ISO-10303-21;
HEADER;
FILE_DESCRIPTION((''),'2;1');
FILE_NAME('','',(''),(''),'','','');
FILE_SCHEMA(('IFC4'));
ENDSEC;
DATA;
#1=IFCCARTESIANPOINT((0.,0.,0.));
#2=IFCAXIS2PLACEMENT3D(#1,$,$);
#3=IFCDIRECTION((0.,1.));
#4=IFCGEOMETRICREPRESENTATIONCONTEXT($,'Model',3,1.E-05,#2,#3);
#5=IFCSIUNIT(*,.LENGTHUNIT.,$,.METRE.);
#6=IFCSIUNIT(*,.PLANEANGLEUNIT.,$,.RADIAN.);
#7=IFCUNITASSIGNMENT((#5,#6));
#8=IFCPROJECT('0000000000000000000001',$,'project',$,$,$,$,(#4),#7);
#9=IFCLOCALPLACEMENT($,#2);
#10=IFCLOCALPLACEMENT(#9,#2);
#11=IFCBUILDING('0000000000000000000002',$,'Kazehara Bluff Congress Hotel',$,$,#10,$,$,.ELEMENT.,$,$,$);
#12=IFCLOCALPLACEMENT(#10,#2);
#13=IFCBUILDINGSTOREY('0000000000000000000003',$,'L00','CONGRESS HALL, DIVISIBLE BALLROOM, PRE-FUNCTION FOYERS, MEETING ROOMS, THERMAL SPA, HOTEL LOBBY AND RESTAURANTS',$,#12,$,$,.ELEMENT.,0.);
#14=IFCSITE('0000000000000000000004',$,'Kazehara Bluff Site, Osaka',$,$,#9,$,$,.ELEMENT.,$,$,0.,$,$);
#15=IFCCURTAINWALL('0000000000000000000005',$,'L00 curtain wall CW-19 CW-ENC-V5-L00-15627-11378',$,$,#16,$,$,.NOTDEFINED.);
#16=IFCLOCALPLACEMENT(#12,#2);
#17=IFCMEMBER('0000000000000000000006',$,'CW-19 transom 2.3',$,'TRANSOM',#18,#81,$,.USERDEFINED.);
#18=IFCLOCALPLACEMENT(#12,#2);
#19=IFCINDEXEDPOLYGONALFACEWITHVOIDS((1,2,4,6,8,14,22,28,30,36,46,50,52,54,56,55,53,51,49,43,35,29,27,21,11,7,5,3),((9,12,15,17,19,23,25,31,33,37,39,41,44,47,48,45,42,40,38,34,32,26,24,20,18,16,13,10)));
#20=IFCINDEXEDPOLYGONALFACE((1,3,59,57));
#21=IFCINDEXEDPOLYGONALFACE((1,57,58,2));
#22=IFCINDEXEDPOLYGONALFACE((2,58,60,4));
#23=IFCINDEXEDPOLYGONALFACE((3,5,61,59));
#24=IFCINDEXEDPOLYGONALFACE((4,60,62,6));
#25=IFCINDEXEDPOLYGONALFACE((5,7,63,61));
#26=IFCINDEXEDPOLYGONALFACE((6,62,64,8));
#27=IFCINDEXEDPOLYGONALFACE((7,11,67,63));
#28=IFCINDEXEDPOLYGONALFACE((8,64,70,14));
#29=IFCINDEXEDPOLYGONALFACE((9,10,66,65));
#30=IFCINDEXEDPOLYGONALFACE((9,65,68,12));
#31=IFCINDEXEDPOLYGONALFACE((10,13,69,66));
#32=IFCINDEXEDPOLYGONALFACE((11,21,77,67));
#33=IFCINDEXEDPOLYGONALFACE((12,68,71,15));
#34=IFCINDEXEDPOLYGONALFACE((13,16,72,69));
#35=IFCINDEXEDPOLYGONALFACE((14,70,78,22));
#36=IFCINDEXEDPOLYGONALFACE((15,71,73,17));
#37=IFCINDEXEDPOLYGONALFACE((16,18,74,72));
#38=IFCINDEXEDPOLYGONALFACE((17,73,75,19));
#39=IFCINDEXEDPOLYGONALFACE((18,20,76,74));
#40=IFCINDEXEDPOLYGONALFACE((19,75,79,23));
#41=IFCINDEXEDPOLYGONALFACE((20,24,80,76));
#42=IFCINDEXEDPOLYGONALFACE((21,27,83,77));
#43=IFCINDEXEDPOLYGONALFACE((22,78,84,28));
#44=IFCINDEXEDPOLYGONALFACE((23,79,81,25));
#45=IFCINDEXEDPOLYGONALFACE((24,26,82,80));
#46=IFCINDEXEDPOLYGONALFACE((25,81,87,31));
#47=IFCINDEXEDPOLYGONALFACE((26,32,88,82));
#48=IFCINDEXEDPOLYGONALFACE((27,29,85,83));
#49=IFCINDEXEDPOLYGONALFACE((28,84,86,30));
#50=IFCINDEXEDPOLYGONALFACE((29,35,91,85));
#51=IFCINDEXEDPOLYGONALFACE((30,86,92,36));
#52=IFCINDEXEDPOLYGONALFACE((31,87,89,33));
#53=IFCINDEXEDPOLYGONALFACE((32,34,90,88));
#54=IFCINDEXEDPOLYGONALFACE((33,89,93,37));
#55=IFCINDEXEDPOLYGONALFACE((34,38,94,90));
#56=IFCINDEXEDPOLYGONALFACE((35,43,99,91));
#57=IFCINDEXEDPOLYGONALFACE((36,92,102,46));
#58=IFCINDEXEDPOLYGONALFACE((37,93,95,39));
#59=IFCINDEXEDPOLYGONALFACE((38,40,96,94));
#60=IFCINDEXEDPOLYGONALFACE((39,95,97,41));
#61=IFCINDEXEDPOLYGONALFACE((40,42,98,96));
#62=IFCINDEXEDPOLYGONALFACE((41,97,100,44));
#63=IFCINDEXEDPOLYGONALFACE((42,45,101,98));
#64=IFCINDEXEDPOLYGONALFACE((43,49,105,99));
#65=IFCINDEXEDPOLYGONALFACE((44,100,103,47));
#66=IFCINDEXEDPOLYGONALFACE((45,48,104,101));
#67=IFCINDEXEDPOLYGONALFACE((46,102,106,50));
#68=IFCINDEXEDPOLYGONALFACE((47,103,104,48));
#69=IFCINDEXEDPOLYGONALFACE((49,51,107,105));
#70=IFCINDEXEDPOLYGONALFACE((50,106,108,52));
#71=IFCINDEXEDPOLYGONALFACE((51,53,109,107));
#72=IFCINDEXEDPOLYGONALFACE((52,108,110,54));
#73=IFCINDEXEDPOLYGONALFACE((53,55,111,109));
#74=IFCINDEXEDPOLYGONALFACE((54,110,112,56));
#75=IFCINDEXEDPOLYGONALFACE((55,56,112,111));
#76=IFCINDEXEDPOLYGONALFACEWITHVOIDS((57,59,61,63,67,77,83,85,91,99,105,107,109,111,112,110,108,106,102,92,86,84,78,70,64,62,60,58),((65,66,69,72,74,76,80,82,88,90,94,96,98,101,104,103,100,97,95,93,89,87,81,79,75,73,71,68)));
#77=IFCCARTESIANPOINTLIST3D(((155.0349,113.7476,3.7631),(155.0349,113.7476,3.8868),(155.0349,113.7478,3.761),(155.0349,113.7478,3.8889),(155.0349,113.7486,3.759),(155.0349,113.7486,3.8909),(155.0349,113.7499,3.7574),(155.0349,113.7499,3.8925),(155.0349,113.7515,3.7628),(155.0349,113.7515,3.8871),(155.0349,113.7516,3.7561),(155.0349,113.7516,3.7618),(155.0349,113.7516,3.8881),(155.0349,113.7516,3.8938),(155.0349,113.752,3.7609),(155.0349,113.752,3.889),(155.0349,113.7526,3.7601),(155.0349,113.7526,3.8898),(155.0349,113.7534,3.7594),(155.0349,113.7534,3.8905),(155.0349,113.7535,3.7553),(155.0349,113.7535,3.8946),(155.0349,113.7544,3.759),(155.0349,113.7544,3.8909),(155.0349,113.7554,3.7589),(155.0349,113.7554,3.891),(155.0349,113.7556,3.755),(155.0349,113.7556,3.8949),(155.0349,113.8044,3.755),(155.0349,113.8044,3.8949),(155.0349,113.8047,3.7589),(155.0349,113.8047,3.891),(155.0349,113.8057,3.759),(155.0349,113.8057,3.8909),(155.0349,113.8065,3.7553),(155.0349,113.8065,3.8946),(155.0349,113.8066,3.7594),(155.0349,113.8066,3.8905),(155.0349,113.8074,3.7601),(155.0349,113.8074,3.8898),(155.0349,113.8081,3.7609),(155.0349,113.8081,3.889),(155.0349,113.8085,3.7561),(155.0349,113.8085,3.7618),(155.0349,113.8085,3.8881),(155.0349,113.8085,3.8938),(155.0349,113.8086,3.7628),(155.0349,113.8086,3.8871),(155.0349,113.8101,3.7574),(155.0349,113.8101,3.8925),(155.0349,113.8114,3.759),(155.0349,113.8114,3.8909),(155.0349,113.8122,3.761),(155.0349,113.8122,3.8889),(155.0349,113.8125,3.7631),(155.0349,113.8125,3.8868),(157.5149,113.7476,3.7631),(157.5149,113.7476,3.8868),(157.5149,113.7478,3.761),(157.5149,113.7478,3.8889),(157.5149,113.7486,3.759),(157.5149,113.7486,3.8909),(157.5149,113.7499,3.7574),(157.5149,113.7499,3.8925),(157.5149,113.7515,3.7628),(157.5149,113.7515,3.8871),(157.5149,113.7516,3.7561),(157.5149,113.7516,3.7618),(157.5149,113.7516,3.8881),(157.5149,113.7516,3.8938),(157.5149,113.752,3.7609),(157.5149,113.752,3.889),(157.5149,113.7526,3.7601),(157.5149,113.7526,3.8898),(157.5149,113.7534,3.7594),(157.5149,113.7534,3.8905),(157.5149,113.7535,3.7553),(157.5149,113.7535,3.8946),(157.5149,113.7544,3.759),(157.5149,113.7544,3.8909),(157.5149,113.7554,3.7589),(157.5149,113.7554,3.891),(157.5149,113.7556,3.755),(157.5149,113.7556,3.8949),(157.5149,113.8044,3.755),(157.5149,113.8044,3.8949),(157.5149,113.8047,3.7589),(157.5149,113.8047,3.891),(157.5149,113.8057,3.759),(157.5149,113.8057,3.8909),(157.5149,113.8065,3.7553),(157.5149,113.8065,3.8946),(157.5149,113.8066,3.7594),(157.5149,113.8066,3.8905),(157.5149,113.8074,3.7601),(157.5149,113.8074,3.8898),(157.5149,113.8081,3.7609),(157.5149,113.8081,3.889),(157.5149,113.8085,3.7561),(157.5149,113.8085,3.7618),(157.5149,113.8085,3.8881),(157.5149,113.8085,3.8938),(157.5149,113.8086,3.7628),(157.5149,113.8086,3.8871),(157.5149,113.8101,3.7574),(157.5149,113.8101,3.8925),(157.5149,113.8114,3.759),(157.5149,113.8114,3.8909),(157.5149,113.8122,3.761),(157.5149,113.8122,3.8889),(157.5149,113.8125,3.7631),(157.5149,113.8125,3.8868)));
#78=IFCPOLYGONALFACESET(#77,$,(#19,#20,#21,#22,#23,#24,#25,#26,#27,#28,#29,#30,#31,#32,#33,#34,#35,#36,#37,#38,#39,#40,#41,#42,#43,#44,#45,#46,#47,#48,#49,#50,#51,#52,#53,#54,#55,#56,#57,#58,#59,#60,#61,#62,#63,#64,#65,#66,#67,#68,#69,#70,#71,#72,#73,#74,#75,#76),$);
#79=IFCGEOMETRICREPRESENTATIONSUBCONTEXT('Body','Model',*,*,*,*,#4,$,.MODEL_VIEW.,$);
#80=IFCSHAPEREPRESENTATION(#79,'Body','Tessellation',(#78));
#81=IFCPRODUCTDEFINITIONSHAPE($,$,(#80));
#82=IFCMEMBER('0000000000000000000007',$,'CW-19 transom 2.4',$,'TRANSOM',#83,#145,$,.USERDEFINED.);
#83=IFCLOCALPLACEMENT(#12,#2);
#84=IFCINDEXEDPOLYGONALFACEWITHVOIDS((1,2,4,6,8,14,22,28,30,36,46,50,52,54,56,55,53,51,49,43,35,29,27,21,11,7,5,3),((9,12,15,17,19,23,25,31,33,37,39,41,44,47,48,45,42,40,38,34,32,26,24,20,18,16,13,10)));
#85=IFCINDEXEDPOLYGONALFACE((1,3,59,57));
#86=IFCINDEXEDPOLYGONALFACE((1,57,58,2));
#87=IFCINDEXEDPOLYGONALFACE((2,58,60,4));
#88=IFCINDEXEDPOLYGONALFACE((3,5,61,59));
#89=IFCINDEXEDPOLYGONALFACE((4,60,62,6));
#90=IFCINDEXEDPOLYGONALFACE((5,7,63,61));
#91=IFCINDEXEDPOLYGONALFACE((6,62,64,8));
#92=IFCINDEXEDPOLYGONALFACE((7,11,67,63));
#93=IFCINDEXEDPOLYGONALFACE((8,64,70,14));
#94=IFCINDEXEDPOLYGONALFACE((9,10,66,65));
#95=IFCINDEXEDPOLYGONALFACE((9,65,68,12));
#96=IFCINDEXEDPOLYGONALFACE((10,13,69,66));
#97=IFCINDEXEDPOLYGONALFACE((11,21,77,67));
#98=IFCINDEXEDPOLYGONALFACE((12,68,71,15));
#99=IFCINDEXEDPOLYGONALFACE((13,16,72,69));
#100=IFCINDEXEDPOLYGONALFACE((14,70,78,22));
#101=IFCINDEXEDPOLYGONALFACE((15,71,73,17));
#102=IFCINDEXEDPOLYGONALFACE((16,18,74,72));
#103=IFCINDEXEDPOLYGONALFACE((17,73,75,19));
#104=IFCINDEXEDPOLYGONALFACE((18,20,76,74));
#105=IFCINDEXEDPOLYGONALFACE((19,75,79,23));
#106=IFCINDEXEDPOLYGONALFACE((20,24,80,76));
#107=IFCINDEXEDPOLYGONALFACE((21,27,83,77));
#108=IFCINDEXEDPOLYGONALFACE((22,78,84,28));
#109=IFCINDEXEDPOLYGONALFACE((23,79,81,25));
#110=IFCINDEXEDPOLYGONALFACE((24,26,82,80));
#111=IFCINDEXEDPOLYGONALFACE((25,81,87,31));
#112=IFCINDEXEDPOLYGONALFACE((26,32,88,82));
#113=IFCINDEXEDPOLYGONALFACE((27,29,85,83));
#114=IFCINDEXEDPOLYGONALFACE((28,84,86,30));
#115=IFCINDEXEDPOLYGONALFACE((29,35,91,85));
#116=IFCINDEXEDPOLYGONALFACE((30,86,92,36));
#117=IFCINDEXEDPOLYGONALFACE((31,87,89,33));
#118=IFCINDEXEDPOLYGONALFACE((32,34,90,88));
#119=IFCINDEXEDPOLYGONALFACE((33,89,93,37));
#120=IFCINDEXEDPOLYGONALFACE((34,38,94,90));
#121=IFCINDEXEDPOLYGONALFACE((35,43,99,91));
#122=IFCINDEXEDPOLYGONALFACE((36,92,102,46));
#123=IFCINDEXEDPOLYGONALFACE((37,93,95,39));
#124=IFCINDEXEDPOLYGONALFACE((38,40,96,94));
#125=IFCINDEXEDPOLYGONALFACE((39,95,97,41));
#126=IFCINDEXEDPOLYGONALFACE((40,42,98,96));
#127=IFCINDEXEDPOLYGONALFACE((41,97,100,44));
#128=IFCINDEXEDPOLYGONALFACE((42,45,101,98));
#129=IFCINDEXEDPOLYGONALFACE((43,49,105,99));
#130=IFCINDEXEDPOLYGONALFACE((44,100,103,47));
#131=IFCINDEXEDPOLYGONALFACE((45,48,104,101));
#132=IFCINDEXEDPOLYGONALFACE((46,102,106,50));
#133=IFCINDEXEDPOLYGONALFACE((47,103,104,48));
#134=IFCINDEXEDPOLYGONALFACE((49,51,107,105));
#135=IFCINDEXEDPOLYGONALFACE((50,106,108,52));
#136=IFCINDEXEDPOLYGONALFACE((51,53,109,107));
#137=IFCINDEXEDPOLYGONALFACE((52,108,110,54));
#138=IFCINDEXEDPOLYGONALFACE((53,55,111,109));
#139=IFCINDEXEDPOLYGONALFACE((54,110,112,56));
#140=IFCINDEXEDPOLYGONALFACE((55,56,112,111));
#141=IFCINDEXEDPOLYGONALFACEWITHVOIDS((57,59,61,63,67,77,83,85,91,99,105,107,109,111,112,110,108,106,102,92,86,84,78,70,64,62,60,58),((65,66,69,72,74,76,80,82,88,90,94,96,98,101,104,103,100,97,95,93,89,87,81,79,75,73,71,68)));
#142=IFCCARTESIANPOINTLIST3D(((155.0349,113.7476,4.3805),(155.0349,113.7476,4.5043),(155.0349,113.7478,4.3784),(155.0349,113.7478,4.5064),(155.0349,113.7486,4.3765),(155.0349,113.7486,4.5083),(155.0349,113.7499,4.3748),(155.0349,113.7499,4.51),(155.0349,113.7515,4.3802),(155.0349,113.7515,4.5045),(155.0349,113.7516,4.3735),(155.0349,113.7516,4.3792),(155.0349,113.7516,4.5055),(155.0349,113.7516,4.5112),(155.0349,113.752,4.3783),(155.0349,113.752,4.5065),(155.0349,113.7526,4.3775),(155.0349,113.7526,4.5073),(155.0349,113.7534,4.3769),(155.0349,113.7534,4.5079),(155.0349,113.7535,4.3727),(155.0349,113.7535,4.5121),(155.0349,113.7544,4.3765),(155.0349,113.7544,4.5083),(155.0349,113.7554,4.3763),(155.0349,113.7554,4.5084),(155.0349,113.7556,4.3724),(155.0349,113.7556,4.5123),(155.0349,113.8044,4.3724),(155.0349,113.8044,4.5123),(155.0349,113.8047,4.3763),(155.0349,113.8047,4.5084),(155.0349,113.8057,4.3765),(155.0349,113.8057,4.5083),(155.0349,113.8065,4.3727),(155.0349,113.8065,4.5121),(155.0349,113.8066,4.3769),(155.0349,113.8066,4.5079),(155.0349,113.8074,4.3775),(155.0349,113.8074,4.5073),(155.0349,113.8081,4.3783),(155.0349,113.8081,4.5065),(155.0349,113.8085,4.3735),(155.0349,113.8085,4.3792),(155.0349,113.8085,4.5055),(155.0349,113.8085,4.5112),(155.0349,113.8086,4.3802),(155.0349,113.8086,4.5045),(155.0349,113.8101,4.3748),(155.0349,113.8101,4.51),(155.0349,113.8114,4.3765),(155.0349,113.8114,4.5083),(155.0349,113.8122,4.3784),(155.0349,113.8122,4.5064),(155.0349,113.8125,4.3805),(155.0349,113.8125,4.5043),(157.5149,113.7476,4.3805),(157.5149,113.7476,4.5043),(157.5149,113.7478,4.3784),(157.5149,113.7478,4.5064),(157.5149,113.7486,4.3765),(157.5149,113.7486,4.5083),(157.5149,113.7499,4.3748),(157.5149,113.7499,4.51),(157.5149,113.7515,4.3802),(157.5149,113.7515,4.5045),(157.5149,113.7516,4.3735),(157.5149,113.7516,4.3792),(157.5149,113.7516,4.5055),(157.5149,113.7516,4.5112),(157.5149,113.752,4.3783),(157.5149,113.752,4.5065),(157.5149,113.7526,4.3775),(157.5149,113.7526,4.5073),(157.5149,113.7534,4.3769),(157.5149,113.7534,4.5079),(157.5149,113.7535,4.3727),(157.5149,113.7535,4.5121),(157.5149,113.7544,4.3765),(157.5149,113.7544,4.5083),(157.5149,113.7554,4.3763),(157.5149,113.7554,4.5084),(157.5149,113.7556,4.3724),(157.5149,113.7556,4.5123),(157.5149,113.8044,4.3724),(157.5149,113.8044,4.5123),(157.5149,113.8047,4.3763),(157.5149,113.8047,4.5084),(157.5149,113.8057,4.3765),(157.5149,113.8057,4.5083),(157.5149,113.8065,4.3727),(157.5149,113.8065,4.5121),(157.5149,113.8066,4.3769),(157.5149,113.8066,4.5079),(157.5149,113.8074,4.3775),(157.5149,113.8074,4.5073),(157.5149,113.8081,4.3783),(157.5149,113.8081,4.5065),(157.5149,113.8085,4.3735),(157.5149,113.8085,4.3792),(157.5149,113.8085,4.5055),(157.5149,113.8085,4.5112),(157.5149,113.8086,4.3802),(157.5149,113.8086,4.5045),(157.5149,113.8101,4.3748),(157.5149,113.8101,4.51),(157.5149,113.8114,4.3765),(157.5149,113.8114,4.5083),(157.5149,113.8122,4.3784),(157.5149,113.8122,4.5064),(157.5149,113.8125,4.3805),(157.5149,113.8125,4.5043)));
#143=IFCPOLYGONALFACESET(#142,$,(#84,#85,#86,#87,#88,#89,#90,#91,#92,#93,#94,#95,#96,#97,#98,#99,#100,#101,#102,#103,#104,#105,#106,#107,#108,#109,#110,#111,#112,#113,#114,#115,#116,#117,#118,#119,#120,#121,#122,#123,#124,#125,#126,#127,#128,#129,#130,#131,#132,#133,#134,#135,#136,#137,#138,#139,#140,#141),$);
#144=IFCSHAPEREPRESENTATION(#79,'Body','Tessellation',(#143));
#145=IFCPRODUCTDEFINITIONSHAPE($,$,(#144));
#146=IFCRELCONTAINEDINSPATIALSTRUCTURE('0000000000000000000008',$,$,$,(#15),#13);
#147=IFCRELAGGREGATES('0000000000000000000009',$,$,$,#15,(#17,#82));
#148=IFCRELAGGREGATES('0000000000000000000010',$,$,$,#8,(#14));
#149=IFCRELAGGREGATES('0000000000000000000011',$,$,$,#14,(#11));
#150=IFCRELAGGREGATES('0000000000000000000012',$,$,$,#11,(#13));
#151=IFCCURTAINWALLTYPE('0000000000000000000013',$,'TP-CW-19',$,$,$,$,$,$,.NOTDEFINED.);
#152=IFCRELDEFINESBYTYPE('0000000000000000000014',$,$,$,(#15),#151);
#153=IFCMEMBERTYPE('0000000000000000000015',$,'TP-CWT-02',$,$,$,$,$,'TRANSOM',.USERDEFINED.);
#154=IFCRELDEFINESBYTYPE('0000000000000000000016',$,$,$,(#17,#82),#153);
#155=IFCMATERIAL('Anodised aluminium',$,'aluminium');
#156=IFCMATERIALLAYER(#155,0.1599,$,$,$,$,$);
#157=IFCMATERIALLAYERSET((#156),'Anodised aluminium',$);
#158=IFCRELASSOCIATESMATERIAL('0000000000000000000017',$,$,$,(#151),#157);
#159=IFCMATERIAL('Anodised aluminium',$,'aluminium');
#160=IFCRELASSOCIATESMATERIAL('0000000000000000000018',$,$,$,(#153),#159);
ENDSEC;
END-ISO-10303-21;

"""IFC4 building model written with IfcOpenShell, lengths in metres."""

from ifc_helpers import new_model, si_unit, direction, frame, origin, origin_2d, place, context, subcontext, project, spatial, hollow_rectangle, extrude, material, layer, layer_set, material_profile, profile_set, type_object, element, aggregate, save


model = new_model("IFC4")

# Units and contexts
model_context = context("Model", 3, precision=1e-05, world=origin(), true_north=direction((0.0, 1.0)))
body_context = subcontext(model_context, "Body", "Model", "MODEL_VIEW")
ifc_project = project(units=[si_unit("LENGTHUNIT", "METRE"), si_unit("PLANEANGLEUNIT", "RADIAN")], contexts=[model_context])

# Site, building, storey
site_placement = place(None, origin())
site = spatial("IfcSite", under=ifc_project, at=site_placement, Name="Kazehara Bluff Site, Osaka", CompositionType="ELEMENT", RefElevation=0.0)
building_placement = place(site_placement, origin())
building = spatial("IfcBuilding", under=site, at=building_placement, Name="Kazehara Bluff Congress Hotel", CompositionType="ELEMENT")
storey_placement = place(building_placement, origin())
storey = spatial("IfcBuildingStorey", under=building, at=storey_placement, Name="L00", Description="CONGRESS HALL, DIVISIBLE BALLROOM, PRE-FUNCTION FOYERS, MEETING ROOMS, THERMAL SPA, HOTEL LOBBY AND RESTAURANTS", CompositionType="ELEMENT", Elevation=0.0)

# Shared definitions
ifc_material_1 = material(Name="Anodised aluminium", Category="aluminium")
ifc_layer_1 = layer(ifc_material_1, 0.1599)
ifc_layer_set_1 = layer_set([ifc_layer_1], Name="Anodised aluminium")
curtain_wall_type = type_object("IfcCurtainWallType", Name="TP-CW-19", PredefinedType="NOTDEFINED", material=ifc_layer_set_1)

# Curtain wall, members
curtain_wall_1_placement = place(storey_placement, origin())
curtain_wall_1 = element("IfcCurtainWall", 1, at=curtain_wall_1_placement, inside=storey, type_object=curtain_wall_type, Name="L00 curtain wall CW-19 CW-ENC-V5-L00-15627-11378", PredefinedType="NOTDEFINED")
ifc_material_2 = material(Name="Anodised aluminium", Category="aluminium")
ifc_material_profile_1 = material_profile(ifc_material_2, hollow_rectangle(XDim=0.0649, YDim=0.1399, WallThickness=0.0039, InnerFilletRadius=0.0039, OuterFilletRadius=0.0081, at=origin_2d()))
ifc_profile_set_1 = profile_set([ifc_material_profile_1], Name="Anodised aluminium")
member_type_1 = type_object("IfcMemberType", Name="TP-CWT-02", ElementType="TRANSOM", PredefinedType="USERDEFINED", material=ifc_profile_set_1)
member_1_placement = place(storey_placement, frame((155.0349, 113.78, 3.825), z_axis=(1.0, 0.0, 0.0), x_axis=(0.0, 1.0, 0.0)))
member_1 = element("IfcMember", 2, at=member_1_placement, type_object=member_type_1, Name="CW-19 transom 2.3", ObjectType="TRANSOM", PredefinedType="USERDEFINED", context=body_context, shape_type="SweptSolid", body=[
    extrude(hollow_rectangle(XDim=0.0649, YDim=0.1399, WallThickness=0.0039, InnerFilletRadius=0.0039, OuterFilletRadius=0.0081, at=origin_2d()), origin(), (0.0, 0.0, 1.0), 2.48),
])
member_2_placement = place(storey_placement, frame((155.0349, 113.78, 4.4424), z_axis=(1.0, 0.0, 0.0), x_axis=(0.0, 1.0, 0.0)))
member_2 = element("IfcMember", 3, at=member_2_placement, type_object=member_type_1, Name="CW-19 transom 2.4", ObjectType="TRANSOM", PredefinedType="USERDEFINED", context=body_context, shape_type="SweptSolid", body=[
    extrude(hollow_rectangle(XDim=0.0649, YDim=0.1399, WallThickness=0.0039, InnerFilletRadius=0.0039, OuterFilletRadius=0.0081, at=origin_2d()), origin(), (0.0, 0.0, 1.0), 2.48),
])

aggregate(curtain_wall_1, [member_1, member_2])

save(model, "model.ifc")
